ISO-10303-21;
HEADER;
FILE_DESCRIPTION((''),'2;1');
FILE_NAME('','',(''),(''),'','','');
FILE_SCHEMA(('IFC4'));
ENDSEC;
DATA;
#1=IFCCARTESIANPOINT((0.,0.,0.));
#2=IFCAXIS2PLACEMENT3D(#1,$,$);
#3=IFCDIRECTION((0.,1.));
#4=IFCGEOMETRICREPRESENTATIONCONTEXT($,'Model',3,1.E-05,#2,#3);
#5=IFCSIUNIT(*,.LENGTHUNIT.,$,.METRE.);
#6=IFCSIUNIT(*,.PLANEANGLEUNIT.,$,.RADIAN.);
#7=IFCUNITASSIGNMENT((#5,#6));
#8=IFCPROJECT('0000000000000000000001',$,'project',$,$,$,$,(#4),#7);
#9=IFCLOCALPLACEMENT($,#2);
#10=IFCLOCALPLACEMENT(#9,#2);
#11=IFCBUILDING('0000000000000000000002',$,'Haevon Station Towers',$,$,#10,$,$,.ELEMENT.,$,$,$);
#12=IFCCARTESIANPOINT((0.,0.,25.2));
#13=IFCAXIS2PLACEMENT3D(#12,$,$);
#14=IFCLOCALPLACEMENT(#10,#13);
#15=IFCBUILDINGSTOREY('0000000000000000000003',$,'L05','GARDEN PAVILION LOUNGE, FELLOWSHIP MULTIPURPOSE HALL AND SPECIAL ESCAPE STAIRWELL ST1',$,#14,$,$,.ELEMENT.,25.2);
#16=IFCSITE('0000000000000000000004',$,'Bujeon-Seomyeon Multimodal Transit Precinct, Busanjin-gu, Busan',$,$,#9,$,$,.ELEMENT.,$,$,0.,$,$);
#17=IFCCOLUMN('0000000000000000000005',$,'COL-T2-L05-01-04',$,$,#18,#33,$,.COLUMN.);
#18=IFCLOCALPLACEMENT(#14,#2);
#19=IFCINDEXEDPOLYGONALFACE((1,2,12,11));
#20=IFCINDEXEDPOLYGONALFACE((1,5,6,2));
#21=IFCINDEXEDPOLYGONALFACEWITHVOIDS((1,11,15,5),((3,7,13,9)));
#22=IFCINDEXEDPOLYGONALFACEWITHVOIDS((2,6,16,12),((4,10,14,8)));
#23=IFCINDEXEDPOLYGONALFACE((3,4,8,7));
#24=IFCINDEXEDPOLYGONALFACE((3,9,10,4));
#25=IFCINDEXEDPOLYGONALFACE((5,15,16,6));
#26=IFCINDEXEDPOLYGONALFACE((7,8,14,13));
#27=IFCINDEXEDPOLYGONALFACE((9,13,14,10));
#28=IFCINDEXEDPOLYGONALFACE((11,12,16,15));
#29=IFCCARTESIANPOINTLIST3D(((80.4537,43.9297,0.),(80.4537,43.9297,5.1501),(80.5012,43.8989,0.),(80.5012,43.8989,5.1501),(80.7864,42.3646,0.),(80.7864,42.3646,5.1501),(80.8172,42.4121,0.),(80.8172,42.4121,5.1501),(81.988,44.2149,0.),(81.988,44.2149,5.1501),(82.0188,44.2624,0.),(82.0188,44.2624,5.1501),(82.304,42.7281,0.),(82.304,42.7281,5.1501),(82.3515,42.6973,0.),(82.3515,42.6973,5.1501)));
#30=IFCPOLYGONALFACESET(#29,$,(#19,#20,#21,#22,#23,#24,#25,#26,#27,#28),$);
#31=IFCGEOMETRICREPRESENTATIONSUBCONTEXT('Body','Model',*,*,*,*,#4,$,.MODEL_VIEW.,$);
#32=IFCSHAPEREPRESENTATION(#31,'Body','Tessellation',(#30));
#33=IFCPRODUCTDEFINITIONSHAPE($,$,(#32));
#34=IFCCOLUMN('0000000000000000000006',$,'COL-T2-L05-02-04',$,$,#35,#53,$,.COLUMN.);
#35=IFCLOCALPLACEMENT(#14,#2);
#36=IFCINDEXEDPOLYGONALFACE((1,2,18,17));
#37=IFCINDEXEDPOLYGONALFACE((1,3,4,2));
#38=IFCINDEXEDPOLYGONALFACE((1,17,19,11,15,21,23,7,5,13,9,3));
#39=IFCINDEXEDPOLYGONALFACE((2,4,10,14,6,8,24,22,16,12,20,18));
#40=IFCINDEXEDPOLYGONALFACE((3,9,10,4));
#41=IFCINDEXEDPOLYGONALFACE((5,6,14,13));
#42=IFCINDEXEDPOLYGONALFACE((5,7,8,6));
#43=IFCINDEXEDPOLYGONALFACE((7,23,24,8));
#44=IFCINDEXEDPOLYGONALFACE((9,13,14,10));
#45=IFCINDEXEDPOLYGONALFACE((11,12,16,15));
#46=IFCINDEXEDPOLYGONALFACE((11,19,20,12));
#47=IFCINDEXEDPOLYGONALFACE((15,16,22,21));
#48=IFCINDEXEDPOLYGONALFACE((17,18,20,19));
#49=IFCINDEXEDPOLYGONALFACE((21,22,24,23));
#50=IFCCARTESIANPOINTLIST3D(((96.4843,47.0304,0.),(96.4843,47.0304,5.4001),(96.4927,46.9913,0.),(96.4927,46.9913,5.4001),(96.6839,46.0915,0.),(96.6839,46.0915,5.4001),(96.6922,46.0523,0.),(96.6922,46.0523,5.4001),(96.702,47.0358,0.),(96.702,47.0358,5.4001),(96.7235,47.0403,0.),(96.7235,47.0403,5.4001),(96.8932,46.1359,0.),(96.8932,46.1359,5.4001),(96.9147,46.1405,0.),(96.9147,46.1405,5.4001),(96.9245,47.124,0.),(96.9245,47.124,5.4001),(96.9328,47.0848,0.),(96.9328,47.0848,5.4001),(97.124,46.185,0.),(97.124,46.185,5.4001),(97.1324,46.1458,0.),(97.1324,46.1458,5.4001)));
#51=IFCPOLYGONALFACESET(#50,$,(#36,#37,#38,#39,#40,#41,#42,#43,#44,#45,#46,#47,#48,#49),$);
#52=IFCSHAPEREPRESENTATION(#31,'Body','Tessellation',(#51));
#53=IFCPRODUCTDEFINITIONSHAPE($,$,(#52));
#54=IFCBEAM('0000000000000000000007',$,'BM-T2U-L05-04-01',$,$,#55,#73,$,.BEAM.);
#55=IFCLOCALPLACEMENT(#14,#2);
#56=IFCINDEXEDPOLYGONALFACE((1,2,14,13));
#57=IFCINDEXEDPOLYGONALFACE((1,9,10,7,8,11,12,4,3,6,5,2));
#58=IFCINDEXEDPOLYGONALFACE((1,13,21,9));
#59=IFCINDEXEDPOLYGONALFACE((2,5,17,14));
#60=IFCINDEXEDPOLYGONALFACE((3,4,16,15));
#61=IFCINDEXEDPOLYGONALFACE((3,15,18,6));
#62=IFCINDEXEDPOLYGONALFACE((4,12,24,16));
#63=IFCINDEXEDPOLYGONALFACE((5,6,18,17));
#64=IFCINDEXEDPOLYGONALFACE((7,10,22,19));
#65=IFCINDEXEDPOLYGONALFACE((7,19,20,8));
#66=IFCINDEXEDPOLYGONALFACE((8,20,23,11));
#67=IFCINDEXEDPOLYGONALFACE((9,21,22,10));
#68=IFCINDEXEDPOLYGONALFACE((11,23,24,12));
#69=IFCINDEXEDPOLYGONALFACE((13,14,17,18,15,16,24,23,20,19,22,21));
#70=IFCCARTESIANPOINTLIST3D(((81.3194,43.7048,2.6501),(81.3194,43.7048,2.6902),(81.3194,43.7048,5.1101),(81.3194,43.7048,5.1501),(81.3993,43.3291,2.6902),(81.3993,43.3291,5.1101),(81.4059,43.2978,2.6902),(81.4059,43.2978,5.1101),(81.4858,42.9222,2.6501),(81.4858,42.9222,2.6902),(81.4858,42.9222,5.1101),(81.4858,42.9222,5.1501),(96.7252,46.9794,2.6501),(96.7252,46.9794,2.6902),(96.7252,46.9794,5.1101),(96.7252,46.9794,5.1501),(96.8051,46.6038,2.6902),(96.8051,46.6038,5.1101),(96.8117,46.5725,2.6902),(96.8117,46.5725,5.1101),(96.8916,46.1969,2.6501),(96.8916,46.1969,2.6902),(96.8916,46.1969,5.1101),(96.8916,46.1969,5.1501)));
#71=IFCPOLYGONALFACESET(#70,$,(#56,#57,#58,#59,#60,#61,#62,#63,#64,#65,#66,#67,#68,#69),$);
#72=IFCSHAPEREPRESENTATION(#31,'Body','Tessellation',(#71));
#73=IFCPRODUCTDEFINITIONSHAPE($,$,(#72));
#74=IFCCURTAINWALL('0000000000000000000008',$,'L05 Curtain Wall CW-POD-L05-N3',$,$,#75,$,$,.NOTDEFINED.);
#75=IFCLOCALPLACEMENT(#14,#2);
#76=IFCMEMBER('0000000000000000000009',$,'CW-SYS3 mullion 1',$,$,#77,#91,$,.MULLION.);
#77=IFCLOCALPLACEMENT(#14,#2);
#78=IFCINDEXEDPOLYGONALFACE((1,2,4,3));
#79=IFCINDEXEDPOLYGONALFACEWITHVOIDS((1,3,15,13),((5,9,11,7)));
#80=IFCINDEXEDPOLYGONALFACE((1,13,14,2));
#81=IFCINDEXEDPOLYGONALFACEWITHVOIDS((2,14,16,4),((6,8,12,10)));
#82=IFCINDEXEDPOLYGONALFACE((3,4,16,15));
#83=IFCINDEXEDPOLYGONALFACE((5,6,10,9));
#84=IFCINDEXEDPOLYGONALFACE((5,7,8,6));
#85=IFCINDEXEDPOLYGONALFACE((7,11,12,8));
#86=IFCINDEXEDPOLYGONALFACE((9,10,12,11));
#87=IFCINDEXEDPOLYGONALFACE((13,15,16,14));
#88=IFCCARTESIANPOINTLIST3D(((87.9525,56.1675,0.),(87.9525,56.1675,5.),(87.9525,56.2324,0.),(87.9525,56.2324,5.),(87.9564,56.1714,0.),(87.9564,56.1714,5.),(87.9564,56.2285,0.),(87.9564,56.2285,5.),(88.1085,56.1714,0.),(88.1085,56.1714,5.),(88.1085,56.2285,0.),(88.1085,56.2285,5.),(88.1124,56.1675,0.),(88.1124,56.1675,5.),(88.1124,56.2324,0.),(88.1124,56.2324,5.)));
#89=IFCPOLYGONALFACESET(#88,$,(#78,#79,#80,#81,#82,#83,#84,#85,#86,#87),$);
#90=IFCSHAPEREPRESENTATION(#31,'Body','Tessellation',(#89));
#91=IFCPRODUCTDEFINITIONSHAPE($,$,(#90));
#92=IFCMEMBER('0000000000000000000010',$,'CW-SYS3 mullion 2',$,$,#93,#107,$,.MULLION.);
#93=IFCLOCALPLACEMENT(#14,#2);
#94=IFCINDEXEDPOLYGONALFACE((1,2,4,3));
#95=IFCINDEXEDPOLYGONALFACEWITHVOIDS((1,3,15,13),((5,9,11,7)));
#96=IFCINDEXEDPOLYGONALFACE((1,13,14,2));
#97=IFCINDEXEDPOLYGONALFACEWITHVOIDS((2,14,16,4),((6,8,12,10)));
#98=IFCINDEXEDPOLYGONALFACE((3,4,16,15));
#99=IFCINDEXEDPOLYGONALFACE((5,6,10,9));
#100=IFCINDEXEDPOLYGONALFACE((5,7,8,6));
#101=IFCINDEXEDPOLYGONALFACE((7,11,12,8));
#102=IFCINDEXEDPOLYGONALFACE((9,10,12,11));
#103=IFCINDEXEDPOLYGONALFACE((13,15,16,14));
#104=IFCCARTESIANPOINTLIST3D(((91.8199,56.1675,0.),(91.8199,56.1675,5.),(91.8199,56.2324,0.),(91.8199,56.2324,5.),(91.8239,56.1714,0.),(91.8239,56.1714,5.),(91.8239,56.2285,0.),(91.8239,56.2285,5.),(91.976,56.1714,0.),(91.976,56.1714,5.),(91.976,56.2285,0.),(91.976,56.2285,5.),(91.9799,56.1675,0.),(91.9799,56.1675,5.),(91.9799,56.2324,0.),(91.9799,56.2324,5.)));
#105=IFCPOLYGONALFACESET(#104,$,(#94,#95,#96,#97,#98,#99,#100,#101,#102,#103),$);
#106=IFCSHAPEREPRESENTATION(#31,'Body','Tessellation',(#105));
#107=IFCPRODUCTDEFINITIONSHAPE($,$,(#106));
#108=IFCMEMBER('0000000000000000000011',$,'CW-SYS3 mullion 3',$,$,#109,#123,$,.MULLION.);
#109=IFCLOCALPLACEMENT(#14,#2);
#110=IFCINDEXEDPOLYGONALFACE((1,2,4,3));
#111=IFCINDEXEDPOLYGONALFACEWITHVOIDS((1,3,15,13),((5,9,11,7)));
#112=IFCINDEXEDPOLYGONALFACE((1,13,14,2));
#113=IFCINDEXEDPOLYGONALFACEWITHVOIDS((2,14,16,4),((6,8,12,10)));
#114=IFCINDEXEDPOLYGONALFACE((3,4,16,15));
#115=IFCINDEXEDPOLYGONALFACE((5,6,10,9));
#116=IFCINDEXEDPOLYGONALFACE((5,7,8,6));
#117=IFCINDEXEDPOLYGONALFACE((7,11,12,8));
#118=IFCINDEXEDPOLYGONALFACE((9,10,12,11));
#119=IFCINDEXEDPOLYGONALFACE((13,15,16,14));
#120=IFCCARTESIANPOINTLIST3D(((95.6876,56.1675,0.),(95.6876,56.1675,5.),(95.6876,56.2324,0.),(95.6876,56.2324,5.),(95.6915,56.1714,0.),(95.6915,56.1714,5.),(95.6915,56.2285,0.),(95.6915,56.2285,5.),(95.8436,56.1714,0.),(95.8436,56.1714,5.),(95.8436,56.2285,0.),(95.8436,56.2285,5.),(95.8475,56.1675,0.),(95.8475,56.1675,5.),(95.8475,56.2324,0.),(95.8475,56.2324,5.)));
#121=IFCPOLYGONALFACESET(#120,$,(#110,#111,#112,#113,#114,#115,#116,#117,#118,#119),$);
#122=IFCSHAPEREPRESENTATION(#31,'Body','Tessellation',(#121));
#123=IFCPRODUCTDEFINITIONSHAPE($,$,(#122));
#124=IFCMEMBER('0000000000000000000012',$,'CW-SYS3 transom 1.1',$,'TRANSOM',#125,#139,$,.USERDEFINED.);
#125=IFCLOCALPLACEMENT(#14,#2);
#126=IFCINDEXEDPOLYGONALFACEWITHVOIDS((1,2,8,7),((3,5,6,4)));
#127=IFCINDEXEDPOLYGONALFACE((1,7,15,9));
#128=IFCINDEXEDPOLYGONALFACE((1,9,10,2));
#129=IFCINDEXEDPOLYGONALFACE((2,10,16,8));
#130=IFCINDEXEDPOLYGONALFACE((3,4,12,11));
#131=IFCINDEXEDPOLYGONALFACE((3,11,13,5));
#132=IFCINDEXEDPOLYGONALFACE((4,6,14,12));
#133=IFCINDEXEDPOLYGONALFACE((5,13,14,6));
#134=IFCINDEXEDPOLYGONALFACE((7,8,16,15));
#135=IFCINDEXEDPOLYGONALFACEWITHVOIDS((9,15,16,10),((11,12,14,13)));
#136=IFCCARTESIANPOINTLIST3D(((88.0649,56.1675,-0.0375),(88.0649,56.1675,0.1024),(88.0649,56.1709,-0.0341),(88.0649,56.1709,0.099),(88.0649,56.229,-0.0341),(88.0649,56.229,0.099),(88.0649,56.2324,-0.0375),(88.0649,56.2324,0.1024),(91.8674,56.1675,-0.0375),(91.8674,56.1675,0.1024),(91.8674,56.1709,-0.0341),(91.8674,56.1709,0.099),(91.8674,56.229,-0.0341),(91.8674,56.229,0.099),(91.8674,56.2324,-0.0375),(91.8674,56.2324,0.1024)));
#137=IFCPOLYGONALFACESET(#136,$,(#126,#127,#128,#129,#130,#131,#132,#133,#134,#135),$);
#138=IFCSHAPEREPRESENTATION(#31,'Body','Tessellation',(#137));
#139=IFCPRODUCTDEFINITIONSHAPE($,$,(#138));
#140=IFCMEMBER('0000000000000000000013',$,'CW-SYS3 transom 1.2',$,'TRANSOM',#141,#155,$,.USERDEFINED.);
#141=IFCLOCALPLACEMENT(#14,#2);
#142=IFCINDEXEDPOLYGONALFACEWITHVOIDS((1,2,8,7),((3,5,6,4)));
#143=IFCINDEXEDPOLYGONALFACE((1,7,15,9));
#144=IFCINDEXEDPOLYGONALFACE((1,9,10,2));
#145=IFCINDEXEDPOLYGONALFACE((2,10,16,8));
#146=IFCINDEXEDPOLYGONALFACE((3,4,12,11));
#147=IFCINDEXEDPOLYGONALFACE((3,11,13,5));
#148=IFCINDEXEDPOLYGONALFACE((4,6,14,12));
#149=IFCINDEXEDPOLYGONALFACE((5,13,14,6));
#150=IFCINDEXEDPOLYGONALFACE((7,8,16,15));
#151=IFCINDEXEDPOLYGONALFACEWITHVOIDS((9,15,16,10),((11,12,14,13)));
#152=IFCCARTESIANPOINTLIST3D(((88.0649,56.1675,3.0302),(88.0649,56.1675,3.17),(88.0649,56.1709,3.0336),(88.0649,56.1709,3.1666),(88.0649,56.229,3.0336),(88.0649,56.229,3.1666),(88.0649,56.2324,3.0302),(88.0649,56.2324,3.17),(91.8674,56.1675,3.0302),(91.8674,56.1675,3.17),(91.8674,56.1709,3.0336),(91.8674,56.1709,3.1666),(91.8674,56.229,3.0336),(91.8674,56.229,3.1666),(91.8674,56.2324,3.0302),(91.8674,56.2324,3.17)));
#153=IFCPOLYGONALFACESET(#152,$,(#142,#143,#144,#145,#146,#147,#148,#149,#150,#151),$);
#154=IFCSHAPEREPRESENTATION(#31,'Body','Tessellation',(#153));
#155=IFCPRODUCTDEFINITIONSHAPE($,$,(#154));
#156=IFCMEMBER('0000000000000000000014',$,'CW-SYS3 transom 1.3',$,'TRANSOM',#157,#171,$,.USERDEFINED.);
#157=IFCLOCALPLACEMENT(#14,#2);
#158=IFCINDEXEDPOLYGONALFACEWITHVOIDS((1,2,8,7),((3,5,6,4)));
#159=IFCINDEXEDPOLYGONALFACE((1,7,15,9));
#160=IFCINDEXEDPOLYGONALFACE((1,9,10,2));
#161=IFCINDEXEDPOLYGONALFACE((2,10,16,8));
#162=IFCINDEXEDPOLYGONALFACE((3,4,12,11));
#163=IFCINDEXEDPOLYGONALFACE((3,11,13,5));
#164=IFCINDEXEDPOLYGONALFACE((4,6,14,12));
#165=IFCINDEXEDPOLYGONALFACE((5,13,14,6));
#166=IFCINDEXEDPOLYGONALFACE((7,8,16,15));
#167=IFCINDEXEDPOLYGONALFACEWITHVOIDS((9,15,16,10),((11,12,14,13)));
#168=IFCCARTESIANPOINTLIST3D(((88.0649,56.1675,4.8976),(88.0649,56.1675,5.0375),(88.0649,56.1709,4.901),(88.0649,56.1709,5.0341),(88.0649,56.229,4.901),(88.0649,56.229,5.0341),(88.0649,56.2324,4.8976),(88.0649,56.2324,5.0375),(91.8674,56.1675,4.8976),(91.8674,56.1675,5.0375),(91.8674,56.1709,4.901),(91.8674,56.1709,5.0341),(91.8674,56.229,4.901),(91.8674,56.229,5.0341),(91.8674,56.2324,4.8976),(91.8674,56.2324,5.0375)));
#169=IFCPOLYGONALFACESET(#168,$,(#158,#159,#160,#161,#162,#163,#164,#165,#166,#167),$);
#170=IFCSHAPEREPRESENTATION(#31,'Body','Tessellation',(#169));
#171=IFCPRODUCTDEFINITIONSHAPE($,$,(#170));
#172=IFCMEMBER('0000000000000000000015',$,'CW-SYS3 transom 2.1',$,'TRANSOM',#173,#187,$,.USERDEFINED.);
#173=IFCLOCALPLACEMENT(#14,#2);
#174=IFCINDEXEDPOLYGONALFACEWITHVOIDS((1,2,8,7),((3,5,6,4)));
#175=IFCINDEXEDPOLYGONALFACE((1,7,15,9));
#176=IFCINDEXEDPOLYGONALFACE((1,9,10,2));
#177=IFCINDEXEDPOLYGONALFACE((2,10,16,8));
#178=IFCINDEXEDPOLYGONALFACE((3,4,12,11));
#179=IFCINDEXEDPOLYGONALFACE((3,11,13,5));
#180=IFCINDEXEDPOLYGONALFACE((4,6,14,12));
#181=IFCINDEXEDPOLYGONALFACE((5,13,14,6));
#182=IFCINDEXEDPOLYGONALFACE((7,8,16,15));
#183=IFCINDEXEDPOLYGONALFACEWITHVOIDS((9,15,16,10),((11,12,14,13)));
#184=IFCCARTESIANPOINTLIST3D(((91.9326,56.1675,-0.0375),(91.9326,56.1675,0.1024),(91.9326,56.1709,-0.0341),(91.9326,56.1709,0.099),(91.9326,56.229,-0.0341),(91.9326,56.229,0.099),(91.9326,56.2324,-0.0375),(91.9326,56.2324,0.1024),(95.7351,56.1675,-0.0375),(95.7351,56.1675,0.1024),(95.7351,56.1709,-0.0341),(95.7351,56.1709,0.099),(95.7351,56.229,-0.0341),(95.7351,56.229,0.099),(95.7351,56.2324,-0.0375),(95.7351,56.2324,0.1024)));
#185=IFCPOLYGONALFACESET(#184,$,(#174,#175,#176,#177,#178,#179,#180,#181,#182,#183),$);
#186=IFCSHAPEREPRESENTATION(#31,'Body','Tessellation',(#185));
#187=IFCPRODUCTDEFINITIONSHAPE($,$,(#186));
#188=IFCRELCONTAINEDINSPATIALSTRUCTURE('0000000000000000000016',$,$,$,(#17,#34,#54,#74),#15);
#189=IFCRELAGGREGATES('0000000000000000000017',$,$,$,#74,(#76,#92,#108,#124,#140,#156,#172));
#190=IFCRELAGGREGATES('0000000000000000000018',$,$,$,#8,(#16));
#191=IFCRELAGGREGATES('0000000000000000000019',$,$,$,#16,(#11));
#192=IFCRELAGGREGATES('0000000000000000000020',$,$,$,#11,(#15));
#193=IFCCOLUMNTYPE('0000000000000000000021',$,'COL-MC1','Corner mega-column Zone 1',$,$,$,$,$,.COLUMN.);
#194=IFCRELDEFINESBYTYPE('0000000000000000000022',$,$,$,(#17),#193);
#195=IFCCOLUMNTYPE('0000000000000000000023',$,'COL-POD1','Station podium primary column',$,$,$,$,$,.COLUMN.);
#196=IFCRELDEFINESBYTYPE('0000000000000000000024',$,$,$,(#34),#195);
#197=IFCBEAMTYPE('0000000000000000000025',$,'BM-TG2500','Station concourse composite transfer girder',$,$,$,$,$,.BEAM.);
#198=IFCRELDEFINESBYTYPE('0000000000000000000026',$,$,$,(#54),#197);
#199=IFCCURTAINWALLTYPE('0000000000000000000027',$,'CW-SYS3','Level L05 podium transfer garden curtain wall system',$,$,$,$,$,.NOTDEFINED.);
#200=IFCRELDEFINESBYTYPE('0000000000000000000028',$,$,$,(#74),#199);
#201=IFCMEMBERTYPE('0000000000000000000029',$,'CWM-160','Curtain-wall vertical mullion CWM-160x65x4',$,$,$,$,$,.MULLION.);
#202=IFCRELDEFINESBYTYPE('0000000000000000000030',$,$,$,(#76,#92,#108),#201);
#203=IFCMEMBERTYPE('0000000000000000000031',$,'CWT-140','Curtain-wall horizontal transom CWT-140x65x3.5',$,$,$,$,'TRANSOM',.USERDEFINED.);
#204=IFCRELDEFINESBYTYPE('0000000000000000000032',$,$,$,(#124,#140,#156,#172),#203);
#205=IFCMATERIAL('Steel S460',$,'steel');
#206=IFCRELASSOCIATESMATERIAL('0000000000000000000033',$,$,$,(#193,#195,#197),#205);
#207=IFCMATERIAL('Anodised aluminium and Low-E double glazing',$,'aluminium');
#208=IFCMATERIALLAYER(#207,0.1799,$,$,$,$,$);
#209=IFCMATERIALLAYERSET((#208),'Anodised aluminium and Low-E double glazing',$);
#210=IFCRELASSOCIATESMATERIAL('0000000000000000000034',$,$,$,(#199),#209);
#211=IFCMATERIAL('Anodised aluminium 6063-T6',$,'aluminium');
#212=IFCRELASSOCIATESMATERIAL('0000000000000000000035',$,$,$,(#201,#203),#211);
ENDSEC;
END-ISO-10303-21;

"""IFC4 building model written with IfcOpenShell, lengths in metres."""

from ifc_helpers import new_model, si_unit, direction, frame, origin, origin_2d, place, context, subcontext, project, spatial, hollow_rectangle, i_section, extrude, material, layer, layer_set, material_profile, profile_set, type_object, element, aggregate, save


model = new_model("IFC4")

# Units and contexts
model_context = context("Model", 3, precision=1e-05, world=origin(), true_north=direction((0.0, 1.0)))
body_context = subcontext(model_context, "Body", "Model", "MODEL_VIEW")
ifc_project = project(units=[si_unit("LENGTHUNIT", "METRE"), si_unit("PLANEANGLEUNIT", "RADIAN")], contexts=[model_context])

# Site, building, storey
site_placement = place(None, origin())
site = spatial("IfcSite", under=ifc_project, at=site_placement, Name="Bujeon-Seomyeon Multimodal Transit Precinct, Busanjin-gu, Busan", CompositionType="ELEMENT", RefElevation=0.0)
building_placement = place(site_placement, origin())
building = spatial("IfcBuilding", under=site, at=building_placement, Name="Haevon Station Towers", CompositionType="ELEMENT")
storey_placement = place(building_placement, frame((0.0, 0.0, 25.2)))
storey = spatial("IfcBuildingStorey", under=building, at=storey_placement, Name="L05", Description="GARDEN PAVILION LOUNGE, FELLOWSHIP MULTIPURPOSE HALL AND SPECIAL ESCAPE STAIRWELL ST1", CompositionType="ELEMENT", Elevation=25.2)

# Columns
ifc_material_1 = material(Name="Steel S460", Category="steel")
ifc_material_profile_1 = material_profile(ifc_material_1, hollow_rectangle(XDim=1.6001, YDim=1.6001, WallThickness=0.04, at=origin_2d()), Name="BOX-1600x1600x40")
ifc_profile_set_1 = profile_set([ifc_material_profile_1], Name="Steel S460")
column_type_1 = type_object("IfcColumnType", Name="COL-MC1", Description="Corner mega-column Zone 1", PredefinedType="COLUMN", material=ifc_profile_set_1)
column_1_placement = place(storey_placement, frame((81.4026, 43.3135, 0.0), z_axis=(0.0, 0.0, 1.0), x_axis=(0.978148, 0.207912, 0.0)))
element("IfcColumn", 1, at=column_1_placement, inside=storey, type_object=column_type_1, Name="COL-T2-L05-01-04", PredefinedType="COLUMN", context=body_context, shape_type="SweptSolid", body=[
    extrude(hollow_rectangle(XDim=1.6001, YDim=1.6001, WallThickness=0.04, at=origin_2d()), origin(), (0.0, 0.0, 1.0), 5.1501),
])
ifc_material_profile_2 = material_profile(ifc_material_1, i_section(OverallWidth=0.45, OverallDepth=1.0, WebThickness=0.022, FlangeThickness=0.04, at=origin_2d()), Name="H-1000x450x22x40")
ifc_profile_set_2 = profile_set([ifc_material_profile_2], Name="Steel S460")
column_type_2 = type_object("IfcColumnType", Name="COL-POD1", Description="Station podium primary column", PredefinedType="COLUMN", material=ifc_profile_set_2)
column_2_placement = place(storey_placement, frame((96.8083, 46.5881, 0.0), z_axis=(0.0, 0.0, 1.0), x_axis=(0.978148, 0.207912, 0.0)))
element("IfcColumn", 2, at=column_2_placement, inside=storey, type_object=column_type_2, Name="COL-T2-L05-02-04", PredefinedType="COLUMN", context=body_context, shape_type="SweptSolid", body=[
    extrude(i_section(OverallWidth=0.45, OverallDepth=1.0, WebThickness=0.022, FlangeThickness=0.04, at=origin_2d()), origin(), (0.0, 0.0, 1.0), 5.4001),
])

# Beam
ifc_material_profile_3 = material_profile(ifc_material_1, i_section(OverallWidth=0.8, OverallDepth=2.5, WebThickness=0.032, FlangeThickness=0.04, at=origin_2d()), Name="H-2500x800x32x40")
ifc_profile_set_3 = profile_set([ifc_material_profile_3], Name="Steel S460")
beam_type = type_object("IfcBeamType", Name="BM-TG2500", Description="Station concourse composite transfer girder", PredefinedType="BEAM", material=ifc_profile_set_3)
beam_placement = place(storey_placement, frame((81.4026, 43.3135, 3.9001), z_axis=(0.978147, 0.207915, 0.0), x_axis=(-0.207915, 0.978147, 0.0)))
element("IfcBeam", 3, at=beam_placement, inside=storey, type_object=beam_type, Name="BM-T2U-L05-04-01", PredefinedType="BEAM", context=body_context, shape_type="SweptSolid", body=[
    extrude(i_section(OverallWidth=0.8, OverallDepth=2.5, WebThickness=0.032, FlangeThickness=0.04, at=origin_2d()), origin(), (0.0, 0.0, 1.0), 15.75),
])

# Curtain wall, members
ifc_material_2 = material(Name="Anodised aluminium and Low-E double glazing", Category="aluminium")
ifc_layer_1 = layer(ifc_material_2, 0.1799)
ifc_layer_set_1 = layer_set([ifc_layer_1], Name="Anodised aluminium and Low-E double glazing")
curtain_wall_type = type_object("IfcCurtainWallType", Name="CW-SYS3", Description="Level L05 podium transfer garden curtain wall system", PredefinedType="NOTDEFINED", material=ifc_layer_set_1)
curtain_wall_placement = place(storey_placement, origin())
curtain_wall = element("IfcCurtainWall", 4, at=curtain_wall_placement, inside=storey, type_object=curtain_wall_type, Name="L05 Curtain Wall CW-POD-L05-N3", PredefinedType="NOTDEFINED")
ifc_material_3 = material(Name="Anodised aluminium 6063-T6", Category="aluminium")
ifc_material_profile_4 = material_profile(ifc_material_3, hollow_rectangle(XDim=0.0649, YDim=0.1599, WallThickness=0.0039, at=origin_2d()), Name="CWM-160x65x4")
ifc_profile_set_4 = profile_set([ifc_material_profile_4], Name="Anodised aluminium 6063-T6")
member_type_1 = type_object("IfcMemberType", Name="CWM-160", Description="Curtain-wall vertical mullion CWM-160x65x4", PredefinedType="MULLION", material=ifc_profile_set_4)
member_1_placement = place(storey_placement, frame((88.0325, 56.2, 0.0), z_axis=(0.0, 0.0, 1.0), x_axis=(0.0, 1.0, 0.0)))
member_1 = element("IfcMember", 5, at=member_1_placement, type_object=member_type_1, Name="CW-SYS3 mullion 1", PredefinedType="MULLION", context=body_context, shape_type="SweptSolid", body=[
    extrude(hollow_rectangle(XDim=0.0649, YDim=0.1599, WallThickness=0.0039, at=origin_2d()), origin(), (0.0, 0.0, 1.0), 5.0),
])
member_2_placement = place(storey_placement, frame((91.8999, 56.2, 0.0), z_axis=(0.0, 0.0, 1.0), x_axis=(0.0, 1.0, 0.0)))
member_2 = element("IfcMember", 6, at=member_2_placement, type_object=member_type_1, Name="CW-SYS3 mullion 2", PredefinedType="MULLION", context=body_context, shape_type="SweptSolid", body=[
    extrude(hollow_rectangle(XDim=0.0649, YDim=0.1599, WallThickness=0.0039, at=origin_2d()), origin(), (0.0, 0.0, 1.0), 5.0),
])
member_3_placement = place(storey_placement, frame((95.7676, 56.2, 0.0), z_axis=(0.0, 0.0, 1.0), x_axis=(0.0, 1.0, 0.0)))
member_3 = element("IfcMember", 7, at=member_3_placement, type_object=member_type_1, Name="CW-SYS3 mullion 3", PredefinedType="MULLION", context=body_context, shape_type="SweptSolid", body=[
    extrude(hollow_rectangle(XDim=0.0649, YDim=0.1599, WallThickness=0.0039, at=origin_2d()), origin(), (0.0, 0.0, 1.0), 5.0),
])
ifc_material_profile_5 = material_profile(ifc_material_3, hollow_rectangle(XDim=0.0649, YDim=0.1399, WallThickness=0.0034, at=origin_2d()), Name="CWT-140x65x3.5")
ifc_profile_set_5 = profile_set([ifc_material_profile_5], Name="Anodised aluminium 6063-T6")
member_type_2 = type_object("IfcMemberType", Name="CWT-140", Description="Curtain-wall horizontal transom CWT-140x65x3.5", ElementType="TRANSOM", PredefinedType="USERDEFINED", material=ifc_profile_set_5)
member_4_placement = place(storey_placement, frame((88.0649, 56.2, 0.0325), z_axis=(1.0, 0.0, 0.0), x_axis=(0.0, 1.0, 0.0)))
member_4 = element("IfcMember", 8, at=member_4_placement, type_object=member_type_2, Name="CW-SYS3 transom 1.1", ObjectType="TRANSOM", PredefinedType="USERDEFINED", context=body_context, shape_type="SweptSolid", body=[
    extrude(hollow_rectangle(XDim=0.0649, YDim=0.1399, WallThickness=0.0034, at=origin_2d()), origin(), (0.0, 0.0, 1.0), 3.8025),
])
member_5_placement = place(storey_placement, frame((88.0649, 56.2, 3.1001), z_axis=(1.0, 0.0, 0.0), x_axis=(0.0, 1.0, 0.0)))
member_5 = element("IfcMember", 9, at=member_5_placement, type_object=member_type_2, Name="CW-SYS3 transom 1.2", ObjectType="TRANSOM", PredefinedType="USERDEFINED", context=body_context, shape_type="SweptSolid", body=[
    extrude(hollow_rectangle(XDim=0.0649, YDim=0.1399, WallThickness=0.0034, at=origin_2d()), origin(), (0.0, 0.0, 1.0), 3.8025),
])
member_6_placement = place(storey_placement, frame((88.0649, 56.2, 4.9675), z_axis=(1.0, 0.0, 0.0), x_axis=(0.0, 1.0, 0.0)))
member_6 = element("IfcMember", 10, at=member_6_placement, type_object=member_type_2, Name="CW-SYS3 transom 1.3", ObjectType="TRANSOM", PredefinedType="USERDEFINED", context=body_context, shape_type="SweptSolid", body=[
    extrude(hollow_rectangle(XDim=0.0649, YDim=0.1399, WallThickness=0.0034, at=origin_2d()), origin(), (0.0, 0.0, 1.0), 3.8025),
])
member_7_placement = place(storey_placement, frame((91.9326, 56.2, 0.0325), z_axis=(1.0, 0.0, 0.0), x_axis=(0.0, 1.0, 0.0)))
member_7 = element("IfcMember", 11, at=member_7_placement, type_object=member_type_2, Name="CW-SYS3 transom 2.1", ObjectType="TRANSOM", PredefinedType="USERDEFINED", context=body_context, shape_type="SweptSolid", body=[
    extrude(hollow_rectangle(XDim=0.0649, YDim=0.1399, WallThickness=0.0034, at=origin_2d()), origin(), (0.0, 0.0, 1.0), 3.8025),
])
aggregate(curtain_wall, [member_1, member_2, member_3, member_4, member_5, member_6, member_7])

save(model, "model.ifc")
